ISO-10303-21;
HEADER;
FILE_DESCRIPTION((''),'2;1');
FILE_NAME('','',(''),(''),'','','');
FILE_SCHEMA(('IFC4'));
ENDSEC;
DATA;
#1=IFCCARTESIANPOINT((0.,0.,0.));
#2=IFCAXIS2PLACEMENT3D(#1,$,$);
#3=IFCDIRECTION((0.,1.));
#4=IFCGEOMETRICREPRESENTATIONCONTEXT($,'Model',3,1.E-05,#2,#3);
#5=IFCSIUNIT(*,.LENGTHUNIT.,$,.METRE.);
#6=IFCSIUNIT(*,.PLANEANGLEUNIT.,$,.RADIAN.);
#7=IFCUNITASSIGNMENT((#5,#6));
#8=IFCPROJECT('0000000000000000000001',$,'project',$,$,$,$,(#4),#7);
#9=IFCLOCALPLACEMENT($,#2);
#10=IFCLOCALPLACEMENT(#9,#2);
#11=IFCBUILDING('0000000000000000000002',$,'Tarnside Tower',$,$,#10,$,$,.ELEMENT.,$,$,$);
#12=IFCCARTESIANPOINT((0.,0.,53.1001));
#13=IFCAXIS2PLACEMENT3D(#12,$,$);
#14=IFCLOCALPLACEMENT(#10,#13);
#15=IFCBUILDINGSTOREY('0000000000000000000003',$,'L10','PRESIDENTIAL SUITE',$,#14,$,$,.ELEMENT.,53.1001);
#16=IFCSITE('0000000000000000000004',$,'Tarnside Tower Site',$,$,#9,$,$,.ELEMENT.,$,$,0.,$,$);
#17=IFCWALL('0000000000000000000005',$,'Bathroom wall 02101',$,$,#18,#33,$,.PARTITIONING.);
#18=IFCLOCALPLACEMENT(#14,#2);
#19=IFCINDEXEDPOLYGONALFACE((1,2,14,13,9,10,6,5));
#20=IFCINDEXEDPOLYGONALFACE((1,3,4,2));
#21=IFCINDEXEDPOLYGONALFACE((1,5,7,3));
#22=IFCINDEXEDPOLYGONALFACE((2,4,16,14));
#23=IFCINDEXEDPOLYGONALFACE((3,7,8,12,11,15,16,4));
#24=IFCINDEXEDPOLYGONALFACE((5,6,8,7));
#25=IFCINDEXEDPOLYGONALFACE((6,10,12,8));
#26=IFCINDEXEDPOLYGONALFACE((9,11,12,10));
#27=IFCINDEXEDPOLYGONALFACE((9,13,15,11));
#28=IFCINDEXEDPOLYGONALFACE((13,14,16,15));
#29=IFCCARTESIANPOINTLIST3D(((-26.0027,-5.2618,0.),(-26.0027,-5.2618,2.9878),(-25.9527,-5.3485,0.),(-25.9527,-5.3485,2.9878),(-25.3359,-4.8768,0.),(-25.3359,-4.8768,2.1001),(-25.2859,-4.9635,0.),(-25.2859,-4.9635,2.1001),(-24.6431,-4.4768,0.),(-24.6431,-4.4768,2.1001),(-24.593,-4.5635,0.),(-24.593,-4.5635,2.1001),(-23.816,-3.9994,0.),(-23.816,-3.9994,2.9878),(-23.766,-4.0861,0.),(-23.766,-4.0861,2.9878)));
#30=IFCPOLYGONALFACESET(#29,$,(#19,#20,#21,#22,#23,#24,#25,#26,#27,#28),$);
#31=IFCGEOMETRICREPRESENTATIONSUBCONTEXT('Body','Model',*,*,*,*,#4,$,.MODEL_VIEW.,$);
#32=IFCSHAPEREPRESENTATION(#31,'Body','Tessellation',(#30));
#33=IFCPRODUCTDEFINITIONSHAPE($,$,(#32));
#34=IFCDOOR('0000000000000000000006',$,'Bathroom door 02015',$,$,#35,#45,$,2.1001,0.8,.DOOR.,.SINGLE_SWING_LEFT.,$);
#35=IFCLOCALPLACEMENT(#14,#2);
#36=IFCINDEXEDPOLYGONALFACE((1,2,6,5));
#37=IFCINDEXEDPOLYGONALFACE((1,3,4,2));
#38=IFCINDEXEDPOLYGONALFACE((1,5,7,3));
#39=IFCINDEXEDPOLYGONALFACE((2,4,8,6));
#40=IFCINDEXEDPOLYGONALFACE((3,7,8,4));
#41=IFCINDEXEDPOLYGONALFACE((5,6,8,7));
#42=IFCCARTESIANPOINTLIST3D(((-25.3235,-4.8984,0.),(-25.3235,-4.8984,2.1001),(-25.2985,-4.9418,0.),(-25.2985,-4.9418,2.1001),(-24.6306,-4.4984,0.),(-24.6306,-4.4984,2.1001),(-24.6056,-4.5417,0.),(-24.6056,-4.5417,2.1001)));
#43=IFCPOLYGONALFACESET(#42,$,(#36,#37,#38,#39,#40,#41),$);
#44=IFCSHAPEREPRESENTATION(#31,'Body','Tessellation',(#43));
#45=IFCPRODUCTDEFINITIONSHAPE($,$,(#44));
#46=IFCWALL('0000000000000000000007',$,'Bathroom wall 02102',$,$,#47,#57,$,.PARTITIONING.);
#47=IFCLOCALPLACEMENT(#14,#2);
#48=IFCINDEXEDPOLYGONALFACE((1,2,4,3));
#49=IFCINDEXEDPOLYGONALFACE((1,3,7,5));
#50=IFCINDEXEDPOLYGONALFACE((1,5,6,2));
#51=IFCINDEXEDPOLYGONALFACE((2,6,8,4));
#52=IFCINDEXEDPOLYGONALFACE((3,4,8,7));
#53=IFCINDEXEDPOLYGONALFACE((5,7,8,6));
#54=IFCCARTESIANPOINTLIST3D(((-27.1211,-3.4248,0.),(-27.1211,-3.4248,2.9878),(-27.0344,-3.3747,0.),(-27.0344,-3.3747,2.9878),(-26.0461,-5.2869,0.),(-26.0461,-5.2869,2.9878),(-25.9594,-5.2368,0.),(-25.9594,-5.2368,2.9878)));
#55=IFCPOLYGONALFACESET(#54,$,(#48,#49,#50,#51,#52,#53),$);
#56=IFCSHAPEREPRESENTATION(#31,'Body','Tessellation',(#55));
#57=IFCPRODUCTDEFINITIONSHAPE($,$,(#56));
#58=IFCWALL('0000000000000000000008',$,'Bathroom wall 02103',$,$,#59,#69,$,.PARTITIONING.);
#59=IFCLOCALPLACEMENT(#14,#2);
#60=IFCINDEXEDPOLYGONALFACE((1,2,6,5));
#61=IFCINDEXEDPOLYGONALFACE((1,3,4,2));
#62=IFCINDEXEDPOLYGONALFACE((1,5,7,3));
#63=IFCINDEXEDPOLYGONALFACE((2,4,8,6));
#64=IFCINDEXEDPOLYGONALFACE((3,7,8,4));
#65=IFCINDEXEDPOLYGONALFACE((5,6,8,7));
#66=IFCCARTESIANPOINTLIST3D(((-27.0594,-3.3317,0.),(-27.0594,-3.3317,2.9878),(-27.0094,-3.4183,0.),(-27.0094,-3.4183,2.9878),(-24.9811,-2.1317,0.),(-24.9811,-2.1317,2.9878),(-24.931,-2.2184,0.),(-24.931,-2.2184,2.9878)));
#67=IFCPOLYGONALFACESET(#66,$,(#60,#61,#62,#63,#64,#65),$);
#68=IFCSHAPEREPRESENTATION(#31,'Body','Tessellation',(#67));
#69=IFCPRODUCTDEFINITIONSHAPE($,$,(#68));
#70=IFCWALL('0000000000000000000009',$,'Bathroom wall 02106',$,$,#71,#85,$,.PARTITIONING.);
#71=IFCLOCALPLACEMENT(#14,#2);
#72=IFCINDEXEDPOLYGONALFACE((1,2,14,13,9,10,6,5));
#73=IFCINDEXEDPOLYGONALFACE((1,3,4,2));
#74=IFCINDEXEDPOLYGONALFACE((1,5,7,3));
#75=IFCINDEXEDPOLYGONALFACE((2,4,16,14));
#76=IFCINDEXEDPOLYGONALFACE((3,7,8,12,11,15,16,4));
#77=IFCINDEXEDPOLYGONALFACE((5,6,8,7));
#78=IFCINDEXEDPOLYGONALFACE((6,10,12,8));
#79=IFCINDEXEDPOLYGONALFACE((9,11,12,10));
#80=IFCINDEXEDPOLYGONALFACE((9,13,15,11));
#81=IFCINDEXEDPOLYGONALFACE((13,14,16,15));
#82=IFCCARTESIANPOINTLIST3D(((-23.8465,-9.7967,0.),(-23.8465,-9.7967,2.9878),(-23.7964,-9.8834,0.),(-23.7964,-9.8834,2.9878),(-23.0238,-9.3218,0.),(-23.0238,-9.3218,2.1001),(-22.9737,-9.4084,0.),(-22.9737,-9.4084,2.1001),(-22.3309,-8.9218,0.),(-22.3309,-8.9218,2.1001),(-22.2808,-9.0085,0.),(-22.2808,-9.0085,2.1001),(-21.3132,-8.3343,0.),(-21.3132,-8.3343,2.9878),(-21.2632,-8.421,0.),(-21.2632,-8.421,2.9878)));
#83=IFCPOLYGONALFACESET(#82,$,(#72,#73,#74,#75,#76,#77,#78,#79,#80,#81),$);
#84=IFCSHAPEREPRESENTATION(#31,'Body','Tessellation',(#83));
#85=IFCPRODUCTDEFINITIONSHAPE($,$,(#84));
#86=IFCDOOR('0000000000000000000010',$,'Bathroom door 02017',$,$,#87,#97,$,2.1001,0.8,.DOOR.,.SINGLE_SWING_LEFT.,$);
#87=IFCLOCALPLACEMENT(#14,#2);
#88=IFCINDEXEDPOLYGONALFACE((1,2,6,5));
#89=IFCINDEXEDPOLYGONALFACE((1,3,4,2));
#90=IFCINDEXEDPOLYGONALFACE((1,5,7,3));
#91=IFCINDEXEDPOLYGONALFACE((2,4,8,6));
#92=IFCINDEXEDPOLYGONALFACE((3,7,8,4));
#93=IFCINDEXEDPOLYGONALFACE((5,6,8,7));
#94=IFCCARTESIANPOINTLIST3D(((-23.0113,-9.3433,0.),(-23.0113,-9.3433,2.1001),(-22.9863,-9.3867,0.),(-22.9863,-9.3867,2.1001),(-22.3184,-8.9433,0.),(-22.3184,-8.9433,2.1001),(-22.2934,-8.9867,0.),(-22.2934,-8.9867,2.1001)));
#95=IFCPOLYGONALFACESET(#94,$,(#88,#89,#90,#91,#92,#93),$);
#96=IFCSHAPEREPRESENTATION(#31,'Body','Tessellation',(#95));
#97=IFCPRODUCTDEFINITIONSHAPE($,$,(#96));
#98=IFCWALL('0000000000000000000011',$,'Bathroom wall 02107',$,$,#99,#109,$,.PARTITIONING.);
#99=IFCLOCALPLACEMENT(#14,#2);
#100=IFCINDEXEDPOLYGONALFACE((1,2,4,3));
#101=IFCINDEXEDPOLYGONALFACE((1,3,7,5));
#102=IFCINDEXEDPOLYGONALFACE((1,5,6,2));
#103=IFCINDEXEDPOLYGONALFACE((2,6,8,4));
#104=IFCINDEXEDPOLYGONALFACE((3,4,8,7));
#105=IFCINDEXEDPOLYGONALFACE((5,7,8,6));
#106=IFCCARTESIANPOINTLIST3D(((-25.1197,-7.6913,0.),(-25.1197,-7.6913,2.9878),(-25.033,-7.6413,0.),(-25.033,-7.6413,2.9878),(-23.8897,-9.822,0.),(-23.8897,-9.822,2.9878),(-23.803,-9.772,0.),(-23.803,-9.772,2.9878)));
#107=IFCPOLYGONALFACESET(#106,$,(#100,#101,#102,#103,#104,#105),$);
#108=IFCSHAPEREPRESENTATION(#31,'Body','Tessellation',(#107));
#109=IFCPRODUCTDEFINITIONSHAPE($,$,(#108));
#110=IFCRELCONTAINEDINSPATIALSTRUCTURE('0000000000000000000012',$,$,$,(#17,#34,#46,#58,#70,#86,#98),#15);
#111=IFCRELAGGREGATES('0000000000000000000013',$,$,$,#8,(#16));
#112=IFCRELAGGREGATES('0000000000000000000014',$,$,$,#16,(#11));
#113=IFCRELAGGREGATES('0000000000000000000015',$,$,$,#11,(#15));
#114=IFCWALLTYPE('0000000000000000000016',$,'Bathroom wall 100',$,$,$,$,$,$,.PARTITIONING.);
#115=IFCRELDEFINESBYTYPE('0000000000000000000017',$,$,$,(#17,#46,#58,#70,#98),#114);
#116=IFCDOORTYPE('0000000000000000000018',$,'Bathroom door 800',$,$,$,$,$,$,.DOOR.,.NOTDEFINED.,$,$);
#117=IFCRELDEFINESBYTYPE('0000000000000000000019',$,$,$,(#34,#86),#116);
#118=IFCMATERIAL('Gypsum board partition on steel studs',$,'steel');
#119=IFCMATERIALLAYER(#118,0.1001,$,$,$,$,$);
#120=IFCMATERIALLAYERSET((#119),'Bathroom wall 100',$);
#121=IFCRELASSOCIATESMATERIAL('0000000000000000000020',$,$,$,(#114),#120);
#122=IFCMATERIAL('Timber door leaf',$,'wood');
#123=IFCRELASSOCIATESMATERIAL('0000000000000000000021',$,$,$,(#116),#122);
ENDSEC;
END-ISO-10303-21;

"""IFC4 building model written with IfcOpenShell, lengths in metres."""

from ifc_helpers import new_model, si_unit, direction, frame, frame_2d, origin, place, context, subcontext, project, spatial, rectangle, extrude, material, layer, layer_set, type_object, element, fill, save


model = new_model("IFC4")

# Units and contexts
model_context = context("Model", 3, precision=1e-05, world=origin(), true_north=direction((0.0, 1.0)))
body_context = subcontext(model_context, "Body", "Model", "MODEL_VIEW")
ifc_project = project(units=[si_unit("LENGTHUNIT", "METRE"), si_unit("PLANEANGLEUNIT", "RADIAN")], contexts=[model_context])

# Site, building, storey
site_placement = place(None, origin())
site = spatial("IfcSite", under=ifc_project, at=site_placement, Name="Tarnside Tower Site", CompositionType="ELEMENT", RefElevation=0.0)
building_placement = place(site_placement, origin())
building = spatial("IfcBuilding", under=site, at=building_placement, Name="Tarnside Tower", CompositionType="ELEMENT")
storey_placement = place(building_placement, frame((0.0, 0.0, 53.1001)))
storey = spatial("IfcBuildingStorey", under=building, at=storey_placement, Name="L10", Description="PRESIDENTIAL SUITE", CompositionType="ELEMENT", Elevation=53.1001)

# Wall, opening, door
ifc_material_1 = material(Name="Gypsum board partition on steel studs", Category="steel")
ifc_layer_1 = layer(ifc_material_1, 0.1001)
ifc_layer_set_1 = layer_set([ifc_layer_1], Name="Bathroom wall 100")
wall_type_1 = type_object("IfcWallType", Name="Bathroom wall 100", PredefinedType="PARTITIONING", material=ifc_layer_set_1)
wall_1_placement = place(storey_placement, frame((-23.791, -4.0427, 0.0), z_axis=(0.0, 0.0, 1.0), x_axis=(-0.866039, -0.499976, 0.0)))
wall_1 = element("IfcWall", 1, at=wall_1_placement, inside=storey, type_object=wall_type_1, Name="Bathroom wall 02101", PredefinedType="PARTITIONING", context=body_context, shape_type="SweptSolid", body=[
    extrude(rectangle(XDim=2.5249, YDim=0.1001, at=frame_2d((1.2625, 0.0))), origin(), (0.0, 0.0, 1.0), 2.9878),
])
opening_1_placement = place(wall_1_placement, frame((0.9551, 0.0, 0.0)))
opening_1 = element("IfcOpeningElement", 2, at=opening_1_placement, cuts=wall_1, PredefinedType="OPENING", context=body_context, shape_type="SweptSolid", body=[
    extrude(rectangle(XDim=0.8, YDim=2.1001, at=frame_2d((0.3999, 1.05))), frame((0.0, 0.0601, 0.0), z_axis=(0.0, -1.0, 0.0), x_axis=(1.0, 0.0, 0.0)), (0.0, 0.0, 1.0), 0.1201),
])
ifc_material_2 = material(Name="Timber door leaf", Category="wood")
door_type_1 = type_object("IfcDoorType", Name="Bathroom door 800", OperationType="NOTDEFINED", PredefinedType="DOOR", material=ifc_material_2)
door_1_placement = place(opening_1_placement, origin())
door_1 = element("IfcDoor", 3, at=door_1_placement, inside=storey, type_object=door_type_1, Name="Bathroom door 02015", OperationType="SINGLE_SWING_LEFT", OverallHeight=2.1001, OverallWidth=0.8, PredefinedType="DOOR", context=body_context, shape_type="SweptSolid", body=[
    extrude(rectangle(XDim=0.8, YDim=2.1001, at=frame_2d((0.3999, 1.05))), frame((0.0, 0.0249, 0.0), z_axis=(0.0, -1.0, 0.0), x_axis=(1.0, 0.0, 0.0)), (0.0, 0.0, 1.0), 0.05),
])
fill(opening_1, door_1)

# Walls
wall_2_placement = place(storey_placement, frame((-26.0027, -5.262, 0.0), z_axis=(0.0, 0.0, 1.0), x_axis=(-0.499962, 0.866048, 0.0)))
element("IfcWall", 4, at=wall_2_placement, inside=storey, type_object=wall_type_1, Name="Bathroom wall 02102", PredefinedType="PARTITIONING", context=body_context, shape_type="SweptSolid", body=[
    extrude(rectangle(XDim=2.1501, YDim=0.1001, at=frame_2d((1.0752, 0.0))), origin(), (0.0, 0.0, 1.0), 2.9878),
])
wall_3_placement = place(storey_placement, frame((-27.0344, -3.375, 0.0), z_axis=(0.0, 0.0, 1.0), x_axis=(0.866025, 0.500001, 0.0)))
element("IfcWall", 5, at=wall_3_placement, inside=storey, type_object=wall_type_1, Name="Bathroom wall 02103", PredefinedType="PARTITIONING", context=body_context, shape_type="SweptSolid", body=[
    extrude(rectangle(XDim=2.3999, YDim=0.1001, at=frame_2d((1.2, 0.0))), origin(), (0.0, 0.0, 1.0), 2.9878),
])

# Wall, opening, door
wall_4_placement = place(storey_placement, frame((-21.2883, -8.3777, 0.0), z_axis=(0.0, 0.0, 1.0), x_axis=(-0.866047, -0.499963, 0.0)))
wall_4 = element("IfcWall", 6, at=wall_4_placement, inside=storey, type_object=wall_type_1, Name="Bathroom wall 02106", PredefinedType="PARTITIONING", context=body_context, shape_type="SweptSolid", body=[
    extrude(rectangle(XDim=2.925, YDim=0.1001, at=frame_2d((1.4624, 0.0))), origin(), (0.0, 0.0, 1.0), 2.9878),
])
opening_2_placement = place(wall_4_placement, frame((1.175, 0.0, 0.0)))
opening_2 = element("IfcOpeningElement", 7, at=opening_2_placement, cuts=wall_4, PredefinedType="OPENING", context=body_context, shape_type="SweptSolid", body=[
    extrude(rectangle(XDim=0.8, YDim=2.1001, at=frame_2d((0.3999, 1.05))), frame((0.0, 0.0601, 0.0), z_axis=(0.0, -1.0, 0.0), x_axis=(1.0, 0.0, 0.0)), (0.0, 0.0, 1.0), 0.1201),
])
door_2_placement = place(opening_2_placement, origin())
door_2 = element("IfcDoor", 8, at=door_2_placement, inside=storey, type_object=door_type_1, Name="Bathroom door 02017", OperationType="SINGLE_SWING_LEFT", OverallHeight=2.1001, OverallWidth=0.8, PredefinedType="DOOR", context=body_context, shape_type="SweptSolid", body=[
    extrude(rectangle(XDim=0.8, YDim=2.1001, at=frame_2d((0.3999, 1.05))), frame((0.0, 0.0249, 0.0), z_axis=(0.0, -1.0, 0.0), x_axis=(1.0, 0.0, 0.0)), (0.0, 0.0, 1.0), 0.05),
])
fill(opening_2, door_2)

# Wall
wall_5_placement = place(storey_placement, frame((-23.8464, -9.7969, 0.0), z_axis=(0.0, 0.0, 1.0), x_axis=(-0.49996, 0.866048, 0.0)))
element("IfcWall", 9, at=wall_5_placement, inside=storey, type_object=wall_type_1, Name="Bathroom wall 02107", PredefinedType="PARTITIONING", context=body_context, shape_type="SweptSolid", body=[
    extrude(rectangle(XDim=2.4602, YDim=0.1001, at=frame_2d((1.23, 0.0))), origin(), (0.0, 0.0, 1.0), 2.9878),
])

save(model, "model.ifc")
